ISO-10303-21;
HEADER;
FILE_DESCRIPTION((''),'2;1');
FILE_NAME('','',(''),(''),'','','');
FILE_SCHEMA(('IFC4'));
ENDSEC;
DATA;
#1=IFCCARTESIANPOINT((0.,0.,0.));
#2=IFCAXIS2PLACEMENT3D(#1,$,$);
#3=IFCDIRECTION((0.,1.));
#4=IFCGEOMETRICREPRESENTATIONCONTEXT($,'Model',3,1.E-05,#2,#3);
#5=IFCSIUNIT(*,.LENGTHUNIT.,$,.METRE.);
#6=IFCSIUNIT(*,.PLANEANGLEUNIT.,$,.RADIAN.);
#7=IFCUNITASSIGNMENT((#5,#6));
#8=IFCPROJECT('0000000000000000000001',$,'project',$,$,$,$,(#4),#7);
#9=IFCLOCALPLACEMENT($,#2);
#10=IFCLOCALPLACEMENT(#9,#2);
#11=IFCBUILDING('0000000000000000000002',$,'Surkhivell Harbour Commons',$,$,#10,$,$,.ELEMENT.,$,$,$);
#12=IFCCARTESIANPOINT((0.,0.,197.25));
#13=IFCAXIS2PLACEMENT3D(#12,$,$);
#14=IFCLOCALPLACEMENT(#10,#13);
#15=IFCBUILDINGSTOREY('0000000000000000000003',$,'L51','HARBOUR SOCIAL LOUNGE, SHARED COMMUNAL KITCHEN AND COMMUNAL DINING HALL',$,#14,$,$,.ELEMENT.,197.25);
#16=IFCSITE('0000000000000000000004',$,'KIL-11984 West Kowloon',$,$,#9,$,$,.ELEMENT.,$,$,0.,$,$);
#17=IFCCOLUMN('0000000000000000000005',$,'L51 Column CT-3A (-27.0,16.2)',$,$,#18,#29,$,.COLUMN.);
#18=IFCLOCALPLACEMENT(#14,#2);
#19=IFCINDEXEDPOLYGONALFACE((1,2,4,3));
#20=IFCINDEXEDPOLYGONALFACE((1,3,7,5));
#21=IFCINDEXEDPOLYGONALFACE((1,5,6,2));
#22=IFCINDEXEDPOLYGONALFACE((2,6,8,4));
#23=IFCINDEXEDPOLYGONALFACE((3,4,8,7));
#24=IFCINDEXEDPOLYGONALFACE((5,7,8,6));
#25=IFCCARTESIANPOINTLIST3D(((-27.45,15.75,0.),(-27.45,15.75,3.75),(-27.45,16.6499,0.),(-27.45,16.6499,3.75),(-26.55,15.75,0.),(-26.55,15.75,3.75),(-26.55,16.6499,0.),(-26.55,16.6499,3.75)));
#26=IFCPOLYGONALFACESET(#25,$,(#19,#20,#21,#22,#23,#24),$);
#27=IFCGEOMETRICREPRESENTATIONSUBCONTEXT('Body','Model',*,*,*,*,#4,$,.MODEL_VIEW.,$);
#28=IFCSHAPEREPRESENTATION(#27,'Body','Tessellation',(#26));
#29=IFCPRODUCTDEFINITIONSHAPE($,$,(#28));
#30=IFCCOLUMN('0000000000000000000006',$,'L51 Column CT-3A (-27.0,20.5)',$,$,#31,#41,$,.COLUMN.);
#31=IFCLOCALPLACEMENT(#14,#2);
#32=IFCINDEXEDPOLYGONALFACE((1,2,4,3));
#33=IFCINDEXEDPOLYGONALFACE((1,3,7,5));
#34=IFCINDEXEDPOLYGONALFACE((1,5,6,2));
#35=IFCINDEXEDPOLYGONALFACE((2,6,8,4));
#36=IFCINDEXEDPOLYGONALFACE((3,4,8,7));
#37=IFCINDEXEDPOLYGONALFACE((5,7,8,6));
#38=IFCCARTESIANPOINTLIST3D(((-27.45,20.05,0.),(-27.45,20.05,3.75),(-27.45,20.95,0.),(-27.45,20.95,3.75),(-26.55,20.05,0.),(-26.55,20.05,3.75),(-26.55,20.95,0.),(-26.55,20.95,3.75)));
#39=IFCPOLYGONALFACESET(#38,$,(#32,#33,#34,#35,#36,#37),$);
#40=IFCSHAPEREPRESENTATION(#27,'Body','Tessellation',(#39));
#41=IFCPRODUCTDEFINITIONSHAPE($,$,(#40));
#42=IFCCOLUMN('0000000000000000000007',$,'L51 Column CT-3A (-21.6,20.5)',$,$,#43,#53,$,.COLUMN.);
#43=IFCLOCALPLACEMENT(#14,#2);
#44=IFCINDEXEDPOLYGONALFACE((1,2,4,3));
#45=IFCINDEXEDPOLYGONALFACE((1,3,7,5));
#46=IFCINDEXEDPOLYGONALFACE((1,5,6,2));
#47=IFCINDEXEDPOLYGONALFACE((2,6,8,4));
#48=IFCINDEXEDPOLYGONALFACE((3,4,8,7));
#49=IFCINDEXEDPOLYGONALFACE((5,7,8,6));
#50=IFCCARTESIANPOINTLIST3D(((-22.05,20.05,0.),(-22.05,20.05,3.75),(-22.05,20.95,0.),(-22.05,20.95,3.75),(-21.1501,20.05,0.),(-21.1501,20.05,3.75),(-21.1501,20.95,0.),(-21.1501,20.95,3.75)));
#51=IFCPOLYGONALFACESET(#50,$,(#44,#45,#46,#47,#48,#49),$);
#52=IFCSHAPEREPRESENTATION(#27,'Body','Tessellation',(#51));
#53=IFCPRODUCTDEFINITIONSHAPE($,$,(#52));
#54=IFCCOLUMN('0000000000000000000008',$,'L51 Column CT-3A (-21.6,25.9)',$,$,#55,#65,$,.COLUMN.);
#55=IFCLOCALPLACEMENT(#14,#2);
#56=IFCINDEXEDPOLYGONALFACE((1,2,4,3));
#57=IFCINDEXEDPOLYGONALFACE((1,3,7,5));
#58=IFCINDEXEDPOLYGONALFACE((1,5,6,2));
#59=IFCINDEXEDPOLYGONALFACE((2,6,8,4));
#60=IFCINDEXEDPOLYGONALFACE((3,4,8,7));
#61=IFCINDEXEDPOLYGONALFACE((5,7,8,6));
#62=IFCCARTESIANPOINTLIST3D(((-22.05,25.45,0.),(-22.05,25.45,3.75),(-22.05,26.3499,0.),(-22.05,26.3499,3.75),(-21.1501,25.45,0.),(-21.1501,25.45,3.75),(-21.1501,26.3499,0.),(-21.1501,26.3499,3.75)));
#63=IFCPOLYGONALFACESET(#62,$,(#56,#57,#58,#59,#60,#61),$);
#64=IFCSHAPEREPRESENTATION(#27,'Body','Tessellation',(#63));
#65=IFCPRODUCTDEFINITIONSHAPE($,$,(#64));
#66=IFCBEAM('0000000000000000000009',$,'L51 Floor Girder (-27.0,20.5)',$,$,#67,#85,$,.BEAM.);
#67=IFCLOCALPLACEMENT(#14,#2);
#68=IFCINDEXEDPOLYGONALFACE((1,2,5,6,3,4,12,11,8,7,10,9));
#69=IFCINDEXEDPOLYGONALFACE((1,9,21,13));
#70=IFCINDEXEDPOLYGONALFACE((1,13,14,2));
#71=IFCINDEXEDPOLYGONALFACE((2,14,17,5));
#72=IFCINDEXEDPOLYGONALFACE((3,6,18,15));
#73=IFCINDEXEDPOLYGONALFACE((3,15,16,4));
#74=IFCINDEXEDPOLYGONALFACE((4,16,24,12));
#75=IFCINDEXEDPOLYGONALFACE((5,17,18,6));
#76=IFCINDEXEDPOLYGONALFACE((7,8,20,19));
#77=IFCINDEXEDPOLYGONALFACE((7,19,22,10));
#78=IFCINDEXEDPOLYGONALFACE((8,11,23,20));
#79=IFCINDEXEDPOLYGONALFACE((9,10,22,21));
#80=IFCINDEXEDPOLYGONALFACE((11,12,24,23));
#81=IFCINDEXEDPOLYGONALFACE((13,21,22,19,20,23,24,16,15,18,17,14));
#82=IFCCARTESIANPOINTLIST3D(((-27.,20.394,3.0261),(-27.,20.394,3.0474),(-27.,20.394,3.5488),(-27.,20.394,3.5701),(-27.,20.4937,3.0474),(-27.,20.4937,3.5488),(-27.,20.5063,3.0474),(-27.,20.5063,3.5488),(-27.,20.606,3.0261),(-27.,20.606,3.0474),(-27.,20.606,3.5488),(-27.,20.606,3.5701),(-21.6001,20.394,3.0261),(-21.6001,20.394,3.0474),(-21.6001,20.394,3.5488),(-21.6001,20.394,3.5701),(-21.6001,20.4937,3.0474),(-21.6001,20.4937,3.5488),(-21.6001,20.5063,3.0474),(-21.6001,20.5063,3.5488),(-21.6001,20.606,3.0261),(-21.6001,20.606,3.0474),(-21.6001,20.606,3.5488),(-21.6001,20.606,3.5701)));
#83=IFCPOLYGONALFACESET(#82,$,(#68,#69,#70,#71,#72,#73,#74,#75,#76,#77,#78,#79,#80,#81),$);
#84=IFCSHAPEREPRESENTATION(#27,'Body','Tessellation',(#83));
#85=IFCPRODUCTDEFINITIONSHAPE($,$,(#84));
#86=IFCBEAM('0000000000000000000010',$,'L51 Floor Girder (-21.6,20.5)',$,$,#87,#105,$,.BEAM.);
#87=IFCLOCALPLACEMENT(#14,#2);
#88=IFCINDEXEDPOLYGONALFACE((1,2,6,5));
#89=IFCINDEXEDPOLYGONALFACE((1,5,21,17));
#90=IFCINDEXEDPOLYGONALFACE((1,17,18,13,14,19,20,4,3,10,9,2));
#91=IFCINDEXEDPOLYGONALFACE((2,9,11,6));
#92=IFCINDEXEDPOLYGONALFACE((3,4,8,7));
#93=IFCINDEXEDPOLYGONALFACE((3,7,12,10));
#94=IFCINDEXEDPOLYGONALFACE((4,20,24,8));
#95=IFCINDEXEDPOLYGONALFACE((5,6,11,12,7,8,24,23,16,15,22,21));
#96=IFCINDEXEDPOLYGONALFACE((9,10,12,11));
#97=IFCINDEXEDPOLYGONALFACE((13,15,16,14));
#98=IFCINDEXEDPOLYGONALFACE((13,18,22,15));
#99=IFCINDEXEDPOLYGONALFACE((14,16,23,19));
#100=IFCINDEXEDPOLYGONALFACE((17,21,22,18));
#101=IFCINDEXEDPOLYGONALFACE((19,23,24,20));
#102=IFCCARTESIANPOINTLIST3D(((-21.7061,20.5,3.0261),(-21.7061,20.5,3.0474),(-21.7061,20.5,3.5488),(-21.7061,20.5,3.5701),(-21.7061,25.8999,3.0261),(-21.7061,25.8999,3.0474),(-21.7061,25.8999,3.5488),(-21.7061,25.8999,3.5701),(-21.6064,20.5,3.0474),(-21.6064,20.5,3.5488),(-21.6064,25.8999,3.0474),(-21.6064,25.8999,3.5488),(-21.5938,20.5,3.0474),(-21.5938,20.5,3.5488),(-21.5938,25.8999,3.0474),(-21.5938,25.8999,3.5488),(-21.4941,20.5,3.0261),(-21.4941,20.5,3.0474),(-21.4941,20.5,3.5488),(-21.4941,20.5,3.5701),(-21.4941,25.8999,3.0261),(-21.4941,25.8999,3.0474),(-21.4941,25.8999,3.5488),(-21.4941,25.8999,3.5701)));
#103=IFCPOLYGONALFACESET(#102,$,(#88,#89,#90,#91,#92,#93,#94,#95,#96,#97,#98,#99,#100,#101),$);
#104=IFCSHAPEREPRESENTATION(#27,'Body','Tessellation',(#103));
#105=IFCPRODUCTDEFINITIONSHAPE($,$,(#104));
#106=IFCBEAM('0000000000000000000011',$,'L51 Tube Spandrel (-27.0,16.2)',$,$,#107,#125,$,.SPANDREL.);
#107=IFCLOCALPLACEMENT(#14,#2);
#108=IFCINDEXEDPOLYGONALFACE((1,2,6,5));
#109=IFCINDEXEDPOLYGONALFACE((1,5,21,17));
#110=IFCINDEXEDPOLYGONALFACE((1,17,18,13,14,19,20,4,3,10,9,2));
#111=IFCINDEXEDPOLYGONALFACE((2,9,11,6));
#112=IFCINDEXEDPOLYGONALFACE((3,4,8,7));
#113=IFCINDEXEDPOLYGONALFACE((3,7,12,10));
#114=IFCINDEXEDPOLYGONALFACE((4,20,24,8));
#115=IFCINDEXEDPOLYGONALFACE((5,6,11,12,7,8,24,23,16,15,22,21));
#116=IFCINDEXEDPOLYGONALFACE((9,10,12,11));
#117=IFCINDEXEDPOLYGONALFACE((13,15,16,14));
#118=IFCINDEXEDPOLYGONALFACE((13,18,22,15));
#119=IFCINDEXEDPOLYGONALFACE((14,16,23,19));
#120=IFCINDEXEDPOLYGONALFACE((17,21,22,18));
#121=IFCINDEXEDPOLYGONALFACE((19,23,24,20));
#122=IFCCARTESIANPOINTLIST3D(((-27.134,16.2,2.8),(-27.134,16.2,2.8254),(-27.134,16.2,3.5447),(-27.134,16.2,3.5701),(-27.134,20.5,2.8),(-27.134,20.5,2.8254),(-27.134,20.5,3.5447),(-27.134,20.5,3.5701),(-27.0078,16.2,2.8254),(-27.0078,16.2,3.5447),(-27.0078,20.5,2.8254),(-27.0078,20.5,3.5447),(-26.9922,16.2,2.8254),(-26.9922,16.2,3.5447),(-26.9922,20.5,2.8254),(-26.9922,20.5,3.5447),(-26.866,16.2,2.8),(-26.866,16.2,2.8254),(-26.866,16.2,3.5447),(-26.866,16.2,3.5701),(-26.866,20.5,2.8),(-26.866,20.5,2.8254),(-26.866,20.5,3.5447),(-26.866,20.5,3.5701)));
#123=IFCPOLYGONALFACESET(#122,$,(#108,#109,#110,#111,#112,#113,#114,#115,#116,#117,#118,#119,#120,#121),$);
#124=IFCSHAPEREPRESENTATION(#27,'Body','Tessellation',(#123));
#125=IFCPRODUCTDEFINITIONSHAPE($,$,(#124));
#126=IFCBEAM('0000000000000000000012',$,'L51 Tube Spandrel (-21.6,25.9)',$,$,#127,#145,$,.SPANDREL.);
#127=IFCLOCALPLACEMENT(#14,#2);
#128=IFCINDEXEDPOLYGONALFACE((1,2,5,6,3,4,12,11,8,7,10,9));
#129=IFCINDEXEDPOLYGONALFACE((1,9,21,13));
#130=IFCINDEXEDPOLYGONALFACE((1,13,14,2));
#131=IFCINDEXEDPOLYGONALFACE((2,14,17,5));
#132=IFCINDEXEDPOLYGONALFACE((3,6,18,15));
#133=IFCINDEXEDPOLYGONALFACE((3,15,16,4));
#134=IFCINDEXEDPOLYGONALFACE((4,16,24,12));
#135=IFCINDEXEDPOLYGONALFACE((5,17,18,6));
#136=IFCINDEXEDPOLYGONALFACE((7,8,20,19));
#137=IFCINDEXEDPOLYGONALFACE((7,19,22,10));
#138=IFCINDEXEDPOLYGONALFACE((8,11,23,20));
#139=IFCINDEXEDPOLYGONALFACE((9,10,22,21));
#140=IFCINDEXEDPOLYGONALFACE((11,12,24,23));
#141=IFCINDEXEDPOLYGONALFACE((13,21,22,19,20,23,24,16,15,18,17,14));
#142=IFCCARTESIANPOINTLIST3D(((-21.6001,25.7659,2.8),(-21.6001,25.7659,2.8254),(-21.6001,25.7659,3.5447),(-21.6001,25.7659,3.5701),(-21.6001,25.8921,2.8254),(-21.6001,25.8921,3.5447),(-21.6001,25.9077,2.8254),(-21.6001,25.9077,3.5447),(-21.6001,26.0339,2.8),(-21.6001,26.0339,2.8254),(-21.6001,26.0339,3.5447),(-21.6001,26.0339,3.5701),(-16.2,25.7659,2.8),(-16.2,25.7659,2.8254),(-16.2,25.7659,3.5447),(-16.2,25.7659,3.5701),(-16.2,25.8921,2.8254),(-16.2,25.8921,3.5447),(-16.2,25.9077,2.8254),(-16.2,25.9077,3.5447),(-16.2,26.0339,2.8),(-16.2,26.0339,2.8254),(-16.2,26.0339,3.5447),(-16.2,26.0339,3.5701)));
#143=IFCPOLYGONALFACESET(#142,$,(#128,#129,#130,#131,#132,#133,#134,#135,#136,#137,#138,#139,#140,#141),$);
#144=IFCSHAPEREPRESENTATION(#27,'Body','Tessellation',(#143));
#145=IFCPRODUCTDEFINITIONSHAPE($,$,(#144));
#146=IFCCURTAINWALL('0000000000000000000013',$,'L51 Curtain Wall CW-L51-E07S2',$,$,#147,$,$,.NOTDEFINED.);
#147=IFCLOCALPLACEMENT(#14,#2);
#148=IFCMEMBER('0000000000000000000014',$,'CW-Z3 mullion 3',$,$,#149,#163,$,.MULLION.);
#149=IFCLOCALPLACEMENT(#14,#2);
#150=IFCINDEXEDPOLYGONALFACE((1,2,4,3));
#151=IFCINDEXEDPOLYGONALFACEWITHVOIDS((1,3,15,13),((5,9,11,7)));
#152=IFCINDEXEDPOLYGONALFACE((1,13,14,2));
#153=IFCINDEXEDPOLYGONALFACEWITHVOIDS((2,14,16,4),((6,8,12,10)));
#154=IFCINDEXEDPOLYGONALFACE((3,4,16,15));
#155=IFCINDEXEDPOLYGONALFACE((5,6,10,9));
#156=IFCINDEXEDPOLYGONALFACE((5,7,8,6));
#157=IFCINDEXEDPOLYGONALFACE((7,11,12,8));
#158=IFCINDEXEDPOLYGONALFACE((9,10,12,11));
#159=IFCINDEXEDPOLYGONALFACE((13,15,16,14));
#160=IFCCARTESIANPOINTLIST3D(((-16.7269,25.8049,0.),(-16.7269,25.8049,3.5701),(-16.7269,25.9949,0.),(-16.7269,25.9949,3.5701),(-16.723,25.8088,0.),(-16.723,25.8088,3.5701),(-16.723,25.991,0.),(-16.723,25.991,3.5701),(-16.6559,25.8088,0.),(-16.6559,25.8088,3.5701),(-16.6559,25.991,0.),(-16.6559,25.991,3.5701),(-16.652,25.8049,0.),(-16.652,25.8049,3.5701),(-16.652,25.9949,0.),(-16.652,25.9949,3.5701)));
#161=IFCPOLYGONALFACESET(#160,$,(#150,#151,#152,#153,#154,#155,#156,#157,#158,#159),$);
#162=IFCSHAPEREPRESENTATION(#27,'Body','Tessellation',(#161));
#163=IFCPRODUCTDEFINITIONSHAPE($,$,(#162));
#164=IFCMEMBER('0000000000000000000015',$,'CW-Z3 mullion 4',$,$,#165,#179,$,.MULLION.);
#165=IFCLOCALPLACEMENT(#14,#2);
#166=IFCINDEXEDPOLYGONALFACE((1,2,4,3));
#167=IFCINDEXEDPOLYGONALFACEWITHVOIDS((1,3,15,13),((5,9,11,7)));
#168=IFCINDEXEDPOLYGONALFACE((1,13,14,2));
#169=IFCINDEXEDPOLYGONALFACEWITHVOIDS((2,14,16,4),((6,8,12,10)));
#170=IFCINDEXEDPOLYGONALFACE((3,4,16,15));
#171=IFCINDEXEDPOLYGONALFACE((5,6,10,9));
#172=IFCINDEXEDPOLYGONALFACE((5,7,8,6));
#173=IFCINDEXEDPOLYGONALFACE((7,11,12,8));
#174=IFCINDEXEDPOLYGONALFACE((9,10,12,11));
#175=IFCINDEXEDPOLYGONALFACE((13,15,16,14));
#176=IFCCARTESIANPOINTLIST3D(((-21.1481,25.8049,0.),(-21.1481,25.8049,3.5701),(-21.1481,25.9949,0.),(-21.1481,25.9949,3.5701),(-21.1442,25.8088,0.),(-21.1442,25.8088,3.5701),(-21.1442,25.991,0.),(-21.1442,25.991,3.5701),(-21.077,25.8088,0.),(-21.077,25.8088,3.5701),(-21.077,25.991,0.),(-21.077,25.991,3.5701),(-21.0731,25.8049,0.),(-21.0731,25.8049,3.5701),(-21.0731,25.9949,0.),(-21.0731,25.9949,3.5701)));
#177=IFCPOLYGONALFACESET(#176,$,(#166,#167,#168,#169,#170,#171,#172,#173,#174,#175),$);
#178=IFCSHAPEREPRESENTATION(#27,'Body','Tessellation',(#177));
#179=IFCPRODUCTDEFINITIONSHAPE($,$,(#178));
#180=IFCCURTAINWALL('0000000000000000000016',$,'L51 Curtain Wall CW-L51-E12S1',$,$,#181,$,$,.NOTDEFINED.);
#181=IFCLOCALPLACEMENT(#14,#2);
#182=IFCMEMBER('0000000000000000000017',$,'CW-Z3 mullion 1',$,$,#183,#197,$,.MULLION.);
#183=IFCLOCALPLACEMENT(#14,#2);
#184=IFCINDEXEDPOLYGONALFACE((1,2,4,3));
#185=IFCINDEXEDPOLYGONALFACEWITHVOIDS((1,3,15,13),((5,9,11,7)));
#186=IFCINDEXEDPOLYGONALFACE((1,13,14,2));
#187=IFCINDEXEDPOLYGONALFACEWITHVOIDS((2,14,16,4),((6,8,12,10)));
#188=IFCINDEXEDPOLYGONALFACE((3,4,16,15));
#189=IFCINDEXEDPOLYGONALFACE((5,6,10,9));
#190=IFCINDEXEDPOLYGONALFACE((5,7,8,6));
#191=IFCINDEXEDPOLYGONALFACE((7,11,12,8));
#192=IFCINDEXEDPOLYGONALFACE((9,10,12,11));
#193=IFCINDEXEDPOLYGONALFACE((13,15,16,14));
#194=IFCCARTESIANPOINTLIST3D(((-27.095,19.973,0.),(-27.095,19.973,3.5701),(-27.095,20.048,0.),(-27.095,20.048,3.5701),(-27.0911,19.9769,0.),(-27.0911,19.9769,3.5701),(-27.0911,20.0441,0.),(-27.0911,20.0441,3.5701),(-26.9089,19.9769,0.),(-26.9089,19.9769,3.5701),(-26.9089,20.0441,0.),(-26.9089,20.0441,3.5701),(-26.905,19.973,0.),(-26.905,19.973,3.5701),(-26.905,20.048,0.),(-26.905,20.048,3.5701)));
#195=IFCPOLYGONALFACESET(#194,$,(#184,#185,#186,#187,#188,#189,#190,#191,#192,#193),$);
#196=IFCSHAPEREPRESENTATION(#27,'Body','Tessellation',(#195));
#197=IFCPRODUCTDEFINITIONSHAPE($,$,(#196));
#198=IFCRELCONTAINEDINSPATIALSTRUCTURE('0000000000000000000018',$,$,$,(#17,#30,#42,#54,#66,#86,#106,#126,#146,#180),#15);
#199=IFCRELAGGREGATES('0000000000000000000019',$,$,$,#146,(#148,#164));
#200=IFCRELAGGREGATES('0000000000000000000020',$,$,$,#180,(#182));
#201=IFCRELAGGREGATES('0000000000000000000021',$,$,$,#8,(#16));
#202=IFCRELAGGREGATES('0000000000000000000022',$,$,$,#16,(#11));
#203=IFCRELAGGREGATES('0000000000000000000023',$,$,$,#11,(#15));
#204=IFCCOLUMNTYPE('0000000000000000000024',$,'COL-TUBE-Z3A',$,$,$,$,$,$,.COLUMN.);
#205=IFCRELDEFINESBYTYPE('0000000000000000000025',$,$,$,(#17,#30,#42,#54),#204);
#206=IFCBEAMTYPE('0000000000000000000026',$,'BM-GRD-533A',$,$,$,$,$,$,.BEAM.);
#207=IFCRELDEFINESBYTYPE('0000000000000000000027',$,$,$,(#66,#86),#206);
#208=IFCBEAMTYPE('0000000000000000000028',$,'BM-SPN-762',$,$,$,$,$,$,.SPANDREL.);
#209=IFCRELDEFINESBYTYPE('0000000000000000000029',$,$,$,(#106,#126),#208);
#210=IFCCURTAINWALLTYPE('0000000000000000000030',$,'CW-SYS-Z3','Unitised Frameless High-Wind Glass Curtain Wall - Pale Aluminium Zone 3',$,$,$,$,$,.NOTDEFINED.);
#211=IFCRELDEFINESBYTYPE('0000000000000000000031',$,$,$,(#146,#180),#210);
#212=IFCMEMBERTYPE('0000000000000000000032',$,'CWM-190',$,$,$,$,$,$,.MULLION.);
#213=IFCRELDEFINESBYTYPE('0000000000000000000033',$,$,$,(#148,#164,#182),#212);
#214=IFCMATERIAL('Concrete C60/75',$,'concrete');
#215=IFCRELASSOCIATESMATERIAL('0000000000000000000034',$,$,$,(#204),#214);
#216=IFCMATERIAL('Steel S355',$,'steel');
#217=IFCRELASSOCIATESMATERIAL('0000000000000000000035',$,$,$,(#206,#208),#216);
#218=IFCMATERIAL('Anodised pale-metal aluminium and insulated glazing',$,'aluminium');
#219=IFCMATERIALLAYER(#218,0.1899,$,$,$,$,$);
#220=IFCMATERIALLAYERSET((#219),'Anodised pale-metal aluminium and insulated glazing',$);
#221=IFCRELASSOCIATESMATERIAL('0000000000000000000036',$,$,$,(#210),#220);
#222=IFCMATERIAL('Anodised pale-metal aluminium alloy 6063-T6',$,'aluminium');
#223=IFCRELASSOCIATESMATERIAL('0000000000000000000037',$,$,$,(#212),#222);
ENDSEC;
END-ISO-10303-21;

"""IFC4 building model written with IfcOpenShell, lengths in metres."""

from ifc_helpers import new_model, si_unit, direction, frame, origin, origin_2d, place, context, subcontext, project, spatial, rectangle, hollow_rectangle, i_section, extrude, material, layer, layer_set, material_profile, profile_set, type_object, element, aggregate, save


model = new_model("IFC4")

# Units and contexts
model_context = context("Model", 3, precision=1e-05, world=origin(), true_north=direction((0.0, 1.0)))
body_context = subcontext(model_context, "Body", "Model", "MODEL_VIEW")
ifc_project = project(units=[si_unit("LENGTHUNIT", "METRE"), si_unit("PLANEANGLEUNIT", "RADIAN")], contexts=[model_context])

# Site, building, storey
site_placement = place(None, origin())
site = spatial("IfcSite", under=ifc_project, at=site_placement, Name="KIL-11984 West Kowloon", CompositionType="ELEMENT", RefElevation=0.0)
building_placement = place(site_placement, origin())
building = spatial("IfcBuilding", under=site, at=building_placement, Name="Surkhivell Harbour Commons", CompositionType="ELEMENT")
storey_placement = place(building_placement, frame((0.0, 0.0, 197.25)))
storey = spatial("IfcBuildingStorey", under=building, at=storey_placement, Name="L51", Description="HARBOUR SOCIAL LOUNGE, SHARED COMMUNAL KITCHEN AND COMMUNAL DINING HALL", CompositionType="ELEMENT", Elevation=197.25)

# Columns
ifc_material_1 = material(Name="Concrete C60/75", Category="concrete")
ifc_material_profile_1 = material_profile(ifc_material_1, rectangle(XDim=0.8999, YDim=0.8999, at=origin_2d()), Name="RC-COL-900x900")
ifc_profile_set_1 = profile_set([ifc_material_profile_1], Name="Concrete C60/75")
column_type = type_object("IfcColumnType", Name="COL-TUBE-Z3A", PredefinedType="COLUMN", material=ifc_profile_set_1)
for number, where, z_axis, x_axis, name in (
    (1, (-27.0, 16.2, 0.0), (0.0, 0.0, 1.0), (1.0, 0.0, 0.0), "L51 Column CT-3A (-27.0,16.2)"),
    (2, (-27.0, 20.5, 0.0), (0.0, 0.0, 1.0), (1.0, 0.0, 0.0), "L51 Column CT-3A (-27.0,20.5)"),
    (3, (-21.6001, 20.5, 0.0), (0.0, 0.0, 1.0), (1.0, 0.0, 0.0), "L51 Column CT-3A (-21.6,20.5)"),
    (4, (-21.6001, 25.8999, 0.0), (0.0, 0.0, 1.0), (1.0, 0.0, 0.0), "L51 Column CT-3A (-21.6,25.9)"),
):
    element("IfcColumn", number, at=place(storey_placement, frame(where, z_axis=z_axis, x_axis=x_axis)), inside=storey, type_object=column_type, Name=name, PredefinedType="COLUMN", context=body_context, shape_type="SweptSolid", body=[
        extrude(rectangle(XDim=0.8999, YDim=0.8999, at=origin_2d()), origin(), (0.0, 0.0, 1.0), 3.75),
    ])

# Beams
ifc_material_2 = material(Name="Steel S355", Category="steel")
ifc_material_profile_2 = material_profile(ifc_material_2, i_section(OverallWidth=0.2119, OverallDepth=0.5439, WebThickness=0.0127, FlangeThickness=0.0212, at=origin_2d()), Name="UB533x210x122")
ifc_profile_set_2 = profile_set([ifc_material_profile_2], Name="Steel S355")
beam_type_1 = type_object("IfcBeamType", Name="BM-GRD-533A", PredefinedType="BEAM", material=ifc_profile_set_2)
for number, where, z_axis, x_axis, name in (
    (5, (-27.0, 20.5, 3.2981), (1.0, 0.0, 0.0), (0.0, 1.0, 0.0), "L51 Floor Girder (-27.0,20.5)"),
    (6, (-21.6001, 20.5, 3.2981), (0.0, 1.0, 0.0), (-1.0, 0.0, 0.0), "L51 Floor Girder (-21.6,20.5)"),
):
    element("IfcBeam", number, at=place(storey_placement, frame(where, z_axis=z_axis, x_axis=x_axis)), inside=storey, type_object=beam_type_1, Name=name, PredefinedType="BEAM", context=body_context, shape_type="SweptSolid", body=[
        extrude(i_section(OverallWidth=0.2119, OverallDepth=0.5439, WebThickness=0.0127, FlangeThickness=0.0212, at=origin_2d()), origin(), (0.0, 0.0, 1.0), 5.3999),
    ])
ifc_material_profile_3 = material_profile(ifc_material_2, i_section(OverallWidth=0.2681, OverallDepth=0.77, WebThickness=0.0156, FlangeThickness=0.0254, at=origin_2d()), Name="UB762x267x197")
ifc_profile_set_3 = profile_set([ifc_material_profile_3], Name="Steel S355")
beam_type_2 = type_object("IfcBeamType", Name="BM-SPN-762", PredefinedType="SPANDREL", material=ifc_profile_set_3)
beam_1_placement = place(storey_placement, frame((-27.0, 16.2, 3.1851), z_axis=(0.0, 1.0, 0.0), x_axis=(-1.0, 0.0, 0.0)))
element("IfcBeam", 7, at=beam_1_placement, inside=storey, type_object=beam_type_2, Name="L51 Tube Spandrel (-27.0,16.2)", PredefinedType="SPANDREL", context=body_context, shape_type="SweptSolid", body=[
    extrude(i_section(OverallWidth=0.2681, OverallDepth=0.77, WebThickness=0.0156, FlangeThickness=0.0254, at=origin_2d()), origin(), (0.0, 0.0, 1.0), 4.3),
])
beam_2_placement = place(storey_placement, frame((-21.6001, 25.8999, 3.1851), z_axis=(1.0, 0.0, 0.0), x_axis=(0.0, 1.0, 0.0)))
element("IfcBeam", 8, at=beam_2_placement, inside=storey, type_object=beam_type_2, Name="L51 Tube Spandrel (-21.6,25.9)", PredefinedType="SPANDREL", context=body_context, shape_type="SweptSolid", body=[
    extrude(i_section(OverallWidth=0.2681, OverallDepth=0.77, WebThickness=0.0156, FlangeThickness=0.0254, at=origin_2d()), origin(), (0.0, 0.0, 1.0), 5.4001),
])

# Curtain walls, members
ifc_material_3 = material(Name="Anodised pale-metal aluminium and insulated glazing", Category="aluminium")
ifc_layer_1 = layer(ifc_material_3, 0.1899)
ifc_layer_set_1 = layer_set([ifc_layer_1], Name="Anodised pale-metal aluminium and insulated glazing")
curtain_wall_type = type_object("IfcCurtainWallType", Name="CW-SYS-Z3", Description="Unitised Frameless High-Wind Glass Curtain Wall - Pale Aluminium Zone 3", PredefinedType="NOTDEFINED", material=ifc_layer_set_1)
curtain_wall_1_placement = place(storey_placement, origin())
curtain_wall_1 = element("IfcCurtainWall", 9, at=curtain_wall_1_placement, inside=storey, type_object=curtain_wall_type, Name="L51 Curtain Wall CW-L51-E07S2", PredefinedType="NOTDEFINED")
ifc_material_4 = material(Name="Anodised pale-metal aluminium alloy 6063-T6", Category="aluminium")
ifc_material_profile_4 = material_profile(ifc_material_4, hollow_rectangle(XDim=0.075, YDim=0.1899, WallThickness=0.0039, at=origin_2d()), Name="ALU-MULL-75x190")
ifc_profile_set_4 = profile_set([ifc_material_profile_4], Name="Anodised pale-metal aluminium alloy 6063-T6")
member_type_1 = type_object("IfcMemberType", Name="CWM-190", PredefinedType="MULLION", material=ifc_profile_set_4)
member_1_placement = place(storey_placement, frame((-16.6895, 25.8999, 0.0), z_axis=(0.0, 0.0, 1.0), x_axis=(-1.0, 0.0, 0.0)))
member_1 = element("IfcMember", 10, at=member_1_placement, type_object=member_type_1, Name="CW-Z3 mullion 3", PredefinedType="MULLION", context=body_context, shape_type="SweptSolid", body=[
    extrude(hollow_rectangle(XDim=0.075, YDim=0.1899, WallThickness=0.0039, at=origin_2d()), origin(), (0.0, 0.0, 1.0), 3.5701),
])
member_2_placement = place(storey_placement, frame((-21.1106, 25.8999, 0.0), z_axis=(0.0, 0.0, 1.0), x_axis=(-1.0, 0.0, 0.0)))
member_2 = element("IfcMember", 11, at=member_2_placement, type_object=member_type_1, Name="CW-Z3 mullion 4", PredefinedType="MULLION", context=body_context, shape_type="SweptSolid", body=[
    extrude(hollow_rectangle(XDim=0.075, YDim=0.1899, WallThickness=0.0039, at=origin_2d()), origin(), (0.0, 0.0, 1.0), 3.5701),
])
curtain_wall_2_placement = place(storey_placement, origin())
curtain_wall_2 = element("IfcCurtainWall", 12, at=curtain_wall_2_placement, inside=storey, type_object=curtain_wall_type, Name="L51 Curtain Wall CW-L51-E12S1", PredefinedType="NOTDEFINED")
member_3_placement = place(storey_placement, frame((-27.0, 20.0105, 0.0), z_axis=(0.0, 0.0, 1.0), x_axis=(0.0, -1.0, 0.0)))
member_3 = element("IfcMember", 13, at=member_3_placement, type_object=member_type_1, Name="CW-Z3 mullion 1", PredefinedType="MULLION", context=body_context, shape_type="SweptSolid", body=[
    extrude(hollow_rectangle(XDim=0.075, YDim=0.1899, WallThickness=0.0039, at=origin_2d()), origin(), (0.0, 0.0, 1.0), 3.5701),
])

aggregate(curtain_wall_1, [member_1, member_2])
aggregate(curtain_wall_2, [member_3])

save(model, "model.ifc")
